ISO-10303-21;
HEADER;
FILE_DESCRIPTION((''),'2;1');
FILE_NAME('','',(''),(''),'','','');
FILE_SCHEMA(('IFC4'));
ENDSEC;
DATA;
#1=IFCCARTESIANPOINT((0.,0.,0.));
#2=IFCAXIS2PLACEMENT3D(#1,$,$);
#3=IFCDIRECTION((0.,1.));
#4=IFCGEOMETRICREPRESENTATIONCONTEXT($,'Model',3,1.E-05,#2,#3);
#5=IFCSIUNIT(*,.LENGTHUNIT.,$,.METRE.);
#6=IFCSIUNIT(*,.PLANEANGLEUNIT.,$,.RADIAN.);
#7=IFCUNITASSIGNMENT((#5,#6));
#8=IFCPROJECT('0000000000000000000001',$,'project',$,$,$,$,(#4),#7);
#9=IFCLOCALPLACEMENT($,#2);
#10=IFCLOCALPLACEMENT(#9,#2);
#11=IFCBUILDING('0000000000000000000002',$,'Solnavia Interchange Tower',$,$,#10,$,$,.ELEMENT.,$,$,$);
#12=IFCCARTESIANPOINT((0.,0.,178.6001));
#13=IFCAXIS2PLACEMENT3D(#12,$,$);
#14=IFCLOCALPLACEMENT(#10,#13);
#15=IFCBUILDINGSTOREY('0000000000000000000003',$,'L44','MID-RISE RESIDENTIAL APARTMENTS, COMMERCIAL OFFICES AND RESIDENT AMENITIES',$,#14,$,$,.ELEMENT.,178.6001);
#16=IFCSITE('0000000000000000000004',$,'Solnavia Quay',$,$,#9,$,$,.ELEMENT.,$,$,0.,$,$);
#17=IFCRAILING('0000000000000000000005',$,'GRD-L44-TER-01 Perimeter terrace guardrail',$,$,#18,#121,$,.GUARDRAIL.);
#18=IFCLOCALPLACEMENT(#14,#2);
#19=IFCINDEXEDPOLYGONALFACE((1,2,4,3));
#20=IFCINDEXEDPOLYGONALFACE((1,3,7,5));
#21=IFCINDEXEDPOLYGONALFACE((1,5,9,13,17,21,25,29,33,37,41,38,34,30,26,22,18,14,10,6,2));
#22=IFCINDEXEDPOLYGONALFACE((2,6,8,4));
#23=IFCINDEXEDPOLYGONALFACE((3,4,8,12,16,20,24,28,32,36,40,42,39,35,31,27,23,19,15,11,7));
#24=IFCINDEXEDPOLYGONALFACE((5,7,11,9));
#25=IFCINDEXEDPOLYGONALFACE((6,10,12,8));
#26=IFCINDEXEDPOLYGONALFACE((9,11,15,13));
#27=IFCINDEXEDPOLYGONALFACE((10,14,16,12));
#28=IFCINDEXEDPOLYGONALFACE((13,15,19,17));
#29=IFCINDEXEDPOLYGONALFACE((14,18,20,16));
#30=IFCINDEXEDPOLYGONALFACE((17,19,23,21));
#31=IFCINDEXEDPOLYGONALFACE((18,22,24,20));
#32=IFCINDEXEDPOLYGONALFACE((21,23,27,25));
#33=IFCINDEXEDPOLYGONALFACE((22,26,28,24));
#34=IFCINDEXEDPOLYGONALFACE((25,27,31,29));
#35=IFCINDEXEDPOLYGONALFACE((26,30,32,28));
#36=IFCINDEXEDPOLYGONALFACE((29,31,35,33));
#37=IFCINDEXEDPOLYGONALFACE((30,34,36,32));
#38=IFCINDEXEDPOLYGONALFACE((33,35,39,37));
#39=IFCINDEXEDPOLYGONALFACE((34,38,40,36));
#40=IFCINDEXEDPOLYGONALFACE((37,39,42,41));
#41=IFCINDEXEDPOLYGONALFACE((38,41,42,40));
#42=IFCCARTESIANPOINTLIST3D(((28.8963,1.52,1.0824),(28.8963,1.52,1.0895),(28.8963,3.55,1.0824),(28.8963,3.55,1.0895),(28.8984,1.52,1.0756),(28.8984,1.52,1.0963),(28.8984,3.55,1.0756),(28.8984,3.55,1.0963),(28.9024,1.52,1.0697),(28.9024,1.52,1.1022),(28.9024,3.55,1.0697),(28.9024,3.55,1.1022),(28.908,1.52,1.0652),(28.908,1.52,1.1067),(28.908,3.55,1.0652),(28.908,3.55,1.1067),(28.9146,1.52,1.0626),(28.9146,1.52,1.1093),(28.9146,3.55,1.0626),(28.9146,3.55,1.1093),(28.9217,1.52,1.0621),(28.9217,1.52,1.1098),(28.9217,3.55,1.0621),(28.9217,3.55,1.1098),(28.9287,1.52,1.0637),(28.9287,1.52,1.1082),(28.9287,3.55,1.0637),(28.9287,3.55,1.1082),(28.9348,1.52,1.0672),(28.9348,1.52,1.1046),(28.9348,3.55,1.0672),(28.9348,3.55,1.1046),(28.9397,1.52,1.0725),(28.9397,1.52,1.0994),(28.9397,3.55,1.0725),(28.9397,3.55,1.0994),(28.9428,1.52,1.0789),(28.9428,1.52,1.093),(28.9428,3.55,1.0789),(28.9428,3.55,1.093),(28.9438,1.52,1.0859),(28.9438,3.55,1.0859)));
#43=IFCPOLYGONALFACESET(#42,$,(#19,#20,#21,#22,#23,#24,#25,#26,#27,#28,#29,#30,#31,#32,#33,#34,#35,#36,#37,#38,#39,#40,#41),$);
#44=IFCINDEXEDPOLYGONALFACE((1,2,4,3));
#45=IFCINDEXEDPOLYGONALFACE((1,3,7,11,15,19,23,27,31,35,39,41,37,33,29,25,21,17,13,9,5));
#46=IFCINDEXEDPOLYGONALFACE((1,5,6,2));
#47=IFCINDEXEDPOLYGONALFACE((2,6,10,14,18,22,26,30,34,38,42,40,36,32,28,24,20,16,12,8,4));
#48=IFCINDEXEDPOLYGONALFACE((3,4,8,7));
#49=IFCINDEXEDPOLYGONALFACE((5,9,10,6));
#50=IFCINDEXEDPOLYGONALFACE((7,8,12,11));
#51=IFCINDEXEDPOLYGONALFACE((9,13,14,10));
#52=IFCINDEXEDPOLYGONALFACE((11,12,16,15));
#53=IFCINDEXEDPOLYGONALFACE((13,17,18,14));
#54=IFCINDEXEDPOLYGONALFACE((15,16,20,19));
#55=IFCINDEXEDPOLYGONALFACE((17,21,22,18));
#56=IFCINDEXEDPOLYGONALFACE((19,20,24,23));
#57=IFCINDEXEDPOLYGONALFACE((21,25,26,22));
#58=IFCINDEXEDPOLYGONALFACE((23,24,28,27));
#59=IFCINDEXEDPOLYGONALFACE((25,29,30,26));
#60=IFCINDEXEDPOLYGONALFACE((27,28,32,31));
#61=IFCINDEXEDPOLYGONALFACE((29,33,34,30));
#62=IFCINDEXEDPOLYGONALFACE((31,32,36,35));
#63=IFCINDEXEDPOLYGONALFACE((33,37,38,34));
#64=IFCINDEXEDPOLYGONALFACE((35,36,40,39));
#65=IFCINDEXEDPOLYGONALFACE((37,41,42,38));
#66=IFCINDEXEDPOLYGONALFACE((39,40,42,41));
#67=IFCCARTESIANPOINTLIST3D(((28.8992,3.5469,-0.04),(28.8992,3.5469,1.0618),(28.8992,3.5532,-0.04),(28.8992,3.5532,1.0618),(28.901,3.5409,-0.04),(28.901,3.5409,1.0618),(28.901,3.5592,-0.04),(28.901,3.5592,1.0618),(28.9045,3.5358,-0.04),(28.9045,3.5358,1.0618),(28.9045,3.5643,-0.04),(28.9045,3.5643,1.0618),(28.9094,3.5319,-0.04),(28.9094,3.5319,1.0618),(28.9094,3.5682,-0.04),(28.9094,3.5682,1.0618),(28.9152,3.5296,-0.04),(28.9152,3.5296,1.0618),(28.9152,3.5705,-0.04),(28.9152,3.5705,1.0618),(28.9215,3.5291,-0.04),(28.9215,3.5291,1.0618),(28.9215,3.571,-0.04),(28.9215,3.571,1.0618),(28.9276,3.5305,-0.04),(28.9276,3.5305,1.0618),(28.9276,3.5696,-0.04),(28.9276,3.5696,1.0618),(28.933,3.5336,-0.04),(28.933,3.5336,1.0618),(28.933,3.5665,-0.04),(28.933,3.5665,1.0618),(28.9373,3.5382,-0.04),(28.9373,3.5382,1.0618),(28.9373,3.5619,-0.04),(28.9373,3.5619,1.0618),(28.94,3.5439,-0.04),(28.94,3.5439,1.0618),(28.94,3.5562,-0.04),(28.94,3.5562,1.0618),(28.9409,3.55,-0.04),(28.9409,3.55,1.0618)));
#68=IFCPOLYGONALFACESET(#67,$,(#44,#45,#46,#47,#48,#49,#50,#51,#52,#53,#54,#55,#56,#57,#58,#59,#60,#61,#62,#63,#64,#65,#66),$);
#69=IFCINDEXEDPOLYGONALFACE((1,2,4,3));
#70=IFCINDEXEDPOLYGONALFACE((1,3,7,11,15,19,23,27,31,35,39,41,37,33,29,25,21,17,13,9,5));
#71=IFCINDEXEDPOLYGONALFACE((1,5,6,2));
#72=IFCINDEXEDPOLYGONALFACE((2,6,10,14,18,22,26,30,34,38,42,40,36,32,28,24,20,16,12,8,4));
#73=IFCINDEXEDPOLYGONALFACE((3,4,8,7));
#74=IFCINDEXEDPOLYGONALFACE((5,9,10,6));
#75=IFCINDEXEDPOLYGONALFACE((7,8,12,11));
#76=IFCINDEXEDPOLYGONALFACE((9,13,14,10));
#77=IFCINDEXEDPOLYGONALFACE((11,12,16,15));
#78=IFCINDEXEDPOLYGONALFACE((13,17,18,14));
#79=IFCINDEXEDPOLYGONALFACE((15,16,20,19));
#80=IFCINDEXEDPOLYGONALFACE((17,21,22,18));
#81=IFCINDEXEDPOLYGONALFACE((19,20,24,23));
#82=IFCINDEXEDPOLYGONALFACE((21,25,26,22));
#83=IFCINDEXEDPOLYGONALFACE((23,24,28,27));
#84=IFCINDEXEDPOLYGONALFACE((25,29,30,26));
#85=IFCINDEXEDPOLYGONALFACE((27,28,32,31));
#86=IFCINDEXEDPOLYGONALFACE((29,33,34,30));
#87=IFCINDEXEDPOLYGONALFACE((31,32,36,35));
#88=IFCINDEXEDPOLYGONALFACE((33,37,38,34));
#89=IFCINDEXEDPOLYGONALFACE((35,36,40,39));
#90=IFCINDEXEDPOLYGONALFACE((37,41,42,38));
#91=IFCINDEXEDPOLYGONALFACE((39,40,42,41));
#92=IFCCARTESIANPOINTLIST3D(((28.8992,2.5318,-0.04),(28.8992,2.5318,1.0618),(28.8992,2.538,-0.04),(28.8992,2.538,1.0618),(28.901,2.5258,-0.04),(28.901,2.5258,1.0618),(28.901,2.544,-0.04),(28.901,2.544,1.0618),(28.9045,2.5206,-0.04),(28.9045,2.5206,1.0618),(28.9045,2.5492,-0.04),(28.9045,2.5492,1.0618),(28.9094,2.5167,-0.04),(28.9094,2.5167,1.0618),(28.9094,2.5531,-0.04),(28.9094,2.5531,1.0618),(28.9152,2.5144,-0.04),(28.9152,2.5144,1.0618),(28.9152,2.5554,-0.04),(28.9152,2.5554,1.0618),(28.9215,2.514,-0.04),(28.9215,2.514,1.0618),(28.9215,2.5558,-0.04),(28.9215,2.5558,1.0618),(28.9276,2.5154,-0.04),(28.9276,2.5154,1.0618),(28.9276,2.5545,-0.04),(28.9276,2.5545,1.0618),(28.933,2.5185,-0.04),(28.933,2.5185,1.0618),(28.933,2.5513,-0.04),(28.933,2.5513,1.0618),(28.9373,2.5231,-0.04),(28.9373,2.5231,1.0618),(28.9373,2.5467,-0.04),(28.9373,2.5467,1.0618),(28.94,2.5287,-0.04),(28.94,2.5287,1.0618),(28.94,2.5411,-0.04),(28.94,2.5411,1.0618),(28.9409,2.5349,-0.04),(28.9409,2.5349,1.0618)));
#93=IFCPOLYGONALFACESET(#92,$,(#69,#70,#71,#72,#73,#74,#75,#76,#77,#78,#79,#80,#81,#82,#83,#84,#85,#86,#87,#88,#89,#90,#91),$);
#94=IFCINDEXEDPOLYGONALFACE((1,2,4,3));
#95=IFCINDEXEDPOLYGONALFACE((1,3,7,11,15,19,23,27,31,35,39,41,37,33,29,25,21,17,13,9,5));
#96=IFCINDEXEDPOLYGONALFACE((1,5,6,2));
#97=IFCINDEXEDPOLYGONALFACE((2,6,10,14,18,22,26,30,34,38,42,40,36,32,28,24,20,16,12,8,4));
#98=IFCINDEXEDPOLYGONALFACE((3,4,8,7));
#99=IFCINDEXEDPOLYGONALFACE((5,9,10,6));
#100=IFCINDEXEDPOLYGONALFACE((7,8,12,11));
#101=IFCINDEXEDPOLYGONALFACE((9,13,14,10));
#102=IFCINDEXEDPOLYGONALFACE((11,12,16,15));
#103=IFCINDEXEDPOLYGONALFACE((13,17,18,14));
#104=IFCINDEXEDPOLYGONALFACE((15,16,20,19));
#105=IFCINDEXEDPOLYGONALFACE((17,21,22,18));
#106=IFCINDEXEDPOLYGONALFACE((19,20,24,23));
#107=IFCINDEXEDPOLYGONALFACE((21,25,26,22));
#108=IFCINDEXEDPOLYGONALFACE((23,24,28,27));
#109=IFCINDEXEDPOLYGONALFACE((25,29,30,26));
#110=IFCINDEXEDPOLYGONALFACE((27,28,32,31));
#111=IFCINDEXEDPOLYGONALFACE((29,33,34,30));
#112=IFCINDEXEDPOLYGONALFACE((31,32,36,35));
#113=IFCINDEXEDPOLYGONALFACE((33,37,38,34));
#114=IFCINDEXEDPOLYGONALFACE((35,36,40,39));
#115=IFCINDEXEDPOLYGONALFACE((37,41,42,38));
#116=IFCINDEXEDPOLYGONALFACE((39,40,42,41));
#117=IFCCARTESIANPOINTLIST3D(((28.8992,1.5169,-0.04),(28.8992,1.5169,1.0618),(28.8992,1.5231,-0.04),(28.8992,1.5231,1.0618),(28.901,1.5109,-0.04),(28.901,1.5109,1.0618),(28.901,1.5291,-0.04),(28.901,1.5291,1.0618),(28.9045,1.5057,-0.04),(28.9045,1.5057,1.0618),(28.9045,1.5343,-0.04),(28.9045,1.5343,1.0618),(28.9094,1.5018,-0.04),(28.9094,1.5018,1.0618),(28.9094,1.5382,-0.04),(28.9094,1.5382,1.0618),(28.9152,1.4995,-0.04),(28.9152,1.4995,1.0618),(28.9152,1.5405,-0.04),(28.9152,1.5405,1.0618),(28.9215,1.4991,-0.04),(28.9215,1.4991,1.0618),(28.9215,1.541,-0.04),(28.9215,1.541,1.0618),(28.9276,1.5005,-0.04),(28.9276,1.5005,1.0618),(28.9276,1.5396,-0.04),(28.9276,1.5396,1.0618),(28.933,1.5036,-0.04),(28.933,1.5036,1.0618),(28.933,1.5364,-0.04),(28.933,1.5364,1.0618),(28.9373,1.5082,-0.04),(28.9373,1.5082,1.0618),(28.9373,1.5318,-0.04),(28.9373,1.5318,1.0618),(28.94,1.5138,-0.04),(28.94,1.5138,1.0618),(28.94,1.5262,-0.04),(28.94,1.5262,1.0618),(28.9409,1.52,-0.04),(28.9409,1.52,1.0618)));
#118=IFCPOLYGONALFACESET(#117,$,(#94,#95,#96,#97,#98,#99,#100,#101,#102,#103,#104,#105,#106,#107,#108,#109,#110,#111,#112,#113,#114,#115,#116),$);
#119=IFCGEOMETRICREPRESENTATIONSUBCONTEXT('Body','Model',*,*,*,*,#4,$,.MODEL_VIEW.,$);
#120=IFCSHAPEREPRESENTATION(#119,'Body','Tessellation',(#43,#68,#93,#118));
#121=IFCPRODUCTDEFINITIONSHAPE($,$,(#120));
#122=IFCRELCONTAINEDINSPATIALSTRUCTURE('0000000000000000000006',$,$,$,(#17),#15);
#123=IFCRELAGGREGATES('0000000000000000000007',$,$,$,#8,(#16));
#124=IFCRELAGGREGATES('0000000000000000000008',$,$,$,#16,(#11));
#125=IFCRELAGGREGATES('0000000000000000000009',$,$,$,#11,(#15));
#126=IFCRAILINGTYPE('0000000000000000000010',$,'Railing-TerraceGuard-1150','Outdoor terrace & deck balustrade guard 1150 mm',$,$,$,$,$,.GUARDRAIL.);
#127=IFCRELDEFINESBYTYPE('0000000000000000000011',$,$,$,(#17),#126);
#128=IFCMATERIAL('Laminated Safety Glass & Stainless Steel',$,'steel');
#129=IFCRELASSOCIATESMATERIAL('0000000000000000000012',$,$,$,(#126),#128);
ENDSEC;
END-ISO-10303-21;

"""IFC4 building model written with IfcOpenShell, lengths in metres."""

from ifc_helpers import new_model, si_unit, direction, frame, origin, origin_2d, place, context, subcontext, project, spatial, circle, extrude, material, type_object, element, save


model = new_model("IFC4")

# Units and contexts
model_context = context("Model", 3, precision=1e-05, world=origin(), true_north=direction((0.0, 1.0)))
body_context = subcontext(model_context, "Body", "Model", "MODEL_VIEW")
ifc_project = project(units=[si_unit("LENGTHUNIT", "METRE"), si_unit("PLANEANGLEUNIT", "RADIAN")], contexts=[model_context])

# Site, building, storey
site_placement = place(None, origin())
site = spatial("IfcSite", under=ifc_project, at=site_placement, Name="Solnavia Quay", CompositionType="ELEMENT", RefElevation=0.0)
building_placement = place(site_placement, origin())
building = spatial("IfcBuilding", under=site, at=building_placement, Name="Solnavia Interchange Tower", CompositionType="ELEMENT")
storey_placement = place(building_placement, frame((0.0, 0.0, 178.6001)))
storey = spatial("IfcBuildingStorey", under=building, at=storey_placement, Name="L44", Description="MID-RISE RESIDENTIAL APARTMENTS, COMMERCIAL OFFICES AND RESIDENT AMENITIES", CompositionType="ELEMENT", Elevation=178.6001)

# Railing
ifc_material_1 = material(Name="Laminated Safety Glass & Stainless Steel", Category="steel")
railing_type_1 = type_object("IfcRailingType", Name="Railing-TerraceGuard-1150", Description="Outdoor terrace & deck balustrade guard 1150 mm", PredefinedType="GUARDRAIL", material=ifc_material_1)
railing_1_placement = place(storey_placement, frame((28.9199, 3.55, -0.04)))
element("IfcRailing", 1, at=railing_1_placement, inside=storey, type_object=railing_type_1, Name="GRD-L44-TER-01 Perimeter terrace guardrail", PredefinedType="GUARDRAIL", context=body_context, shape_type="SweptSolid", body=[
    extrude(circle(Radius=0.0239, at=origin_2d()), frame((0.0, 0.0, 1.126), z_axis=(0.0, -1.0, 0.0), x_axis=(1.0, 0.0, 0.0)), (0.0, 0.0, 1.0), 2.03),
    extrude(circle(Radius=0.021, at=origin_2d()), origin(), (0.0, 0.0, 1.0), 1.1018),
    extrude(circle(Radius=0.021, at=origin_2d()), frame((0.0, -1.0151, 0.0)), (0.0, 0.0, 1.0), 1.1018),
    extrude(circle(Radius=0.021, at=origin_2d()), frame((0.0, -2.03, 0.0)), (0.0, 0.0, 1.0), 1.1018),
])

save(model, "model.ifc")
